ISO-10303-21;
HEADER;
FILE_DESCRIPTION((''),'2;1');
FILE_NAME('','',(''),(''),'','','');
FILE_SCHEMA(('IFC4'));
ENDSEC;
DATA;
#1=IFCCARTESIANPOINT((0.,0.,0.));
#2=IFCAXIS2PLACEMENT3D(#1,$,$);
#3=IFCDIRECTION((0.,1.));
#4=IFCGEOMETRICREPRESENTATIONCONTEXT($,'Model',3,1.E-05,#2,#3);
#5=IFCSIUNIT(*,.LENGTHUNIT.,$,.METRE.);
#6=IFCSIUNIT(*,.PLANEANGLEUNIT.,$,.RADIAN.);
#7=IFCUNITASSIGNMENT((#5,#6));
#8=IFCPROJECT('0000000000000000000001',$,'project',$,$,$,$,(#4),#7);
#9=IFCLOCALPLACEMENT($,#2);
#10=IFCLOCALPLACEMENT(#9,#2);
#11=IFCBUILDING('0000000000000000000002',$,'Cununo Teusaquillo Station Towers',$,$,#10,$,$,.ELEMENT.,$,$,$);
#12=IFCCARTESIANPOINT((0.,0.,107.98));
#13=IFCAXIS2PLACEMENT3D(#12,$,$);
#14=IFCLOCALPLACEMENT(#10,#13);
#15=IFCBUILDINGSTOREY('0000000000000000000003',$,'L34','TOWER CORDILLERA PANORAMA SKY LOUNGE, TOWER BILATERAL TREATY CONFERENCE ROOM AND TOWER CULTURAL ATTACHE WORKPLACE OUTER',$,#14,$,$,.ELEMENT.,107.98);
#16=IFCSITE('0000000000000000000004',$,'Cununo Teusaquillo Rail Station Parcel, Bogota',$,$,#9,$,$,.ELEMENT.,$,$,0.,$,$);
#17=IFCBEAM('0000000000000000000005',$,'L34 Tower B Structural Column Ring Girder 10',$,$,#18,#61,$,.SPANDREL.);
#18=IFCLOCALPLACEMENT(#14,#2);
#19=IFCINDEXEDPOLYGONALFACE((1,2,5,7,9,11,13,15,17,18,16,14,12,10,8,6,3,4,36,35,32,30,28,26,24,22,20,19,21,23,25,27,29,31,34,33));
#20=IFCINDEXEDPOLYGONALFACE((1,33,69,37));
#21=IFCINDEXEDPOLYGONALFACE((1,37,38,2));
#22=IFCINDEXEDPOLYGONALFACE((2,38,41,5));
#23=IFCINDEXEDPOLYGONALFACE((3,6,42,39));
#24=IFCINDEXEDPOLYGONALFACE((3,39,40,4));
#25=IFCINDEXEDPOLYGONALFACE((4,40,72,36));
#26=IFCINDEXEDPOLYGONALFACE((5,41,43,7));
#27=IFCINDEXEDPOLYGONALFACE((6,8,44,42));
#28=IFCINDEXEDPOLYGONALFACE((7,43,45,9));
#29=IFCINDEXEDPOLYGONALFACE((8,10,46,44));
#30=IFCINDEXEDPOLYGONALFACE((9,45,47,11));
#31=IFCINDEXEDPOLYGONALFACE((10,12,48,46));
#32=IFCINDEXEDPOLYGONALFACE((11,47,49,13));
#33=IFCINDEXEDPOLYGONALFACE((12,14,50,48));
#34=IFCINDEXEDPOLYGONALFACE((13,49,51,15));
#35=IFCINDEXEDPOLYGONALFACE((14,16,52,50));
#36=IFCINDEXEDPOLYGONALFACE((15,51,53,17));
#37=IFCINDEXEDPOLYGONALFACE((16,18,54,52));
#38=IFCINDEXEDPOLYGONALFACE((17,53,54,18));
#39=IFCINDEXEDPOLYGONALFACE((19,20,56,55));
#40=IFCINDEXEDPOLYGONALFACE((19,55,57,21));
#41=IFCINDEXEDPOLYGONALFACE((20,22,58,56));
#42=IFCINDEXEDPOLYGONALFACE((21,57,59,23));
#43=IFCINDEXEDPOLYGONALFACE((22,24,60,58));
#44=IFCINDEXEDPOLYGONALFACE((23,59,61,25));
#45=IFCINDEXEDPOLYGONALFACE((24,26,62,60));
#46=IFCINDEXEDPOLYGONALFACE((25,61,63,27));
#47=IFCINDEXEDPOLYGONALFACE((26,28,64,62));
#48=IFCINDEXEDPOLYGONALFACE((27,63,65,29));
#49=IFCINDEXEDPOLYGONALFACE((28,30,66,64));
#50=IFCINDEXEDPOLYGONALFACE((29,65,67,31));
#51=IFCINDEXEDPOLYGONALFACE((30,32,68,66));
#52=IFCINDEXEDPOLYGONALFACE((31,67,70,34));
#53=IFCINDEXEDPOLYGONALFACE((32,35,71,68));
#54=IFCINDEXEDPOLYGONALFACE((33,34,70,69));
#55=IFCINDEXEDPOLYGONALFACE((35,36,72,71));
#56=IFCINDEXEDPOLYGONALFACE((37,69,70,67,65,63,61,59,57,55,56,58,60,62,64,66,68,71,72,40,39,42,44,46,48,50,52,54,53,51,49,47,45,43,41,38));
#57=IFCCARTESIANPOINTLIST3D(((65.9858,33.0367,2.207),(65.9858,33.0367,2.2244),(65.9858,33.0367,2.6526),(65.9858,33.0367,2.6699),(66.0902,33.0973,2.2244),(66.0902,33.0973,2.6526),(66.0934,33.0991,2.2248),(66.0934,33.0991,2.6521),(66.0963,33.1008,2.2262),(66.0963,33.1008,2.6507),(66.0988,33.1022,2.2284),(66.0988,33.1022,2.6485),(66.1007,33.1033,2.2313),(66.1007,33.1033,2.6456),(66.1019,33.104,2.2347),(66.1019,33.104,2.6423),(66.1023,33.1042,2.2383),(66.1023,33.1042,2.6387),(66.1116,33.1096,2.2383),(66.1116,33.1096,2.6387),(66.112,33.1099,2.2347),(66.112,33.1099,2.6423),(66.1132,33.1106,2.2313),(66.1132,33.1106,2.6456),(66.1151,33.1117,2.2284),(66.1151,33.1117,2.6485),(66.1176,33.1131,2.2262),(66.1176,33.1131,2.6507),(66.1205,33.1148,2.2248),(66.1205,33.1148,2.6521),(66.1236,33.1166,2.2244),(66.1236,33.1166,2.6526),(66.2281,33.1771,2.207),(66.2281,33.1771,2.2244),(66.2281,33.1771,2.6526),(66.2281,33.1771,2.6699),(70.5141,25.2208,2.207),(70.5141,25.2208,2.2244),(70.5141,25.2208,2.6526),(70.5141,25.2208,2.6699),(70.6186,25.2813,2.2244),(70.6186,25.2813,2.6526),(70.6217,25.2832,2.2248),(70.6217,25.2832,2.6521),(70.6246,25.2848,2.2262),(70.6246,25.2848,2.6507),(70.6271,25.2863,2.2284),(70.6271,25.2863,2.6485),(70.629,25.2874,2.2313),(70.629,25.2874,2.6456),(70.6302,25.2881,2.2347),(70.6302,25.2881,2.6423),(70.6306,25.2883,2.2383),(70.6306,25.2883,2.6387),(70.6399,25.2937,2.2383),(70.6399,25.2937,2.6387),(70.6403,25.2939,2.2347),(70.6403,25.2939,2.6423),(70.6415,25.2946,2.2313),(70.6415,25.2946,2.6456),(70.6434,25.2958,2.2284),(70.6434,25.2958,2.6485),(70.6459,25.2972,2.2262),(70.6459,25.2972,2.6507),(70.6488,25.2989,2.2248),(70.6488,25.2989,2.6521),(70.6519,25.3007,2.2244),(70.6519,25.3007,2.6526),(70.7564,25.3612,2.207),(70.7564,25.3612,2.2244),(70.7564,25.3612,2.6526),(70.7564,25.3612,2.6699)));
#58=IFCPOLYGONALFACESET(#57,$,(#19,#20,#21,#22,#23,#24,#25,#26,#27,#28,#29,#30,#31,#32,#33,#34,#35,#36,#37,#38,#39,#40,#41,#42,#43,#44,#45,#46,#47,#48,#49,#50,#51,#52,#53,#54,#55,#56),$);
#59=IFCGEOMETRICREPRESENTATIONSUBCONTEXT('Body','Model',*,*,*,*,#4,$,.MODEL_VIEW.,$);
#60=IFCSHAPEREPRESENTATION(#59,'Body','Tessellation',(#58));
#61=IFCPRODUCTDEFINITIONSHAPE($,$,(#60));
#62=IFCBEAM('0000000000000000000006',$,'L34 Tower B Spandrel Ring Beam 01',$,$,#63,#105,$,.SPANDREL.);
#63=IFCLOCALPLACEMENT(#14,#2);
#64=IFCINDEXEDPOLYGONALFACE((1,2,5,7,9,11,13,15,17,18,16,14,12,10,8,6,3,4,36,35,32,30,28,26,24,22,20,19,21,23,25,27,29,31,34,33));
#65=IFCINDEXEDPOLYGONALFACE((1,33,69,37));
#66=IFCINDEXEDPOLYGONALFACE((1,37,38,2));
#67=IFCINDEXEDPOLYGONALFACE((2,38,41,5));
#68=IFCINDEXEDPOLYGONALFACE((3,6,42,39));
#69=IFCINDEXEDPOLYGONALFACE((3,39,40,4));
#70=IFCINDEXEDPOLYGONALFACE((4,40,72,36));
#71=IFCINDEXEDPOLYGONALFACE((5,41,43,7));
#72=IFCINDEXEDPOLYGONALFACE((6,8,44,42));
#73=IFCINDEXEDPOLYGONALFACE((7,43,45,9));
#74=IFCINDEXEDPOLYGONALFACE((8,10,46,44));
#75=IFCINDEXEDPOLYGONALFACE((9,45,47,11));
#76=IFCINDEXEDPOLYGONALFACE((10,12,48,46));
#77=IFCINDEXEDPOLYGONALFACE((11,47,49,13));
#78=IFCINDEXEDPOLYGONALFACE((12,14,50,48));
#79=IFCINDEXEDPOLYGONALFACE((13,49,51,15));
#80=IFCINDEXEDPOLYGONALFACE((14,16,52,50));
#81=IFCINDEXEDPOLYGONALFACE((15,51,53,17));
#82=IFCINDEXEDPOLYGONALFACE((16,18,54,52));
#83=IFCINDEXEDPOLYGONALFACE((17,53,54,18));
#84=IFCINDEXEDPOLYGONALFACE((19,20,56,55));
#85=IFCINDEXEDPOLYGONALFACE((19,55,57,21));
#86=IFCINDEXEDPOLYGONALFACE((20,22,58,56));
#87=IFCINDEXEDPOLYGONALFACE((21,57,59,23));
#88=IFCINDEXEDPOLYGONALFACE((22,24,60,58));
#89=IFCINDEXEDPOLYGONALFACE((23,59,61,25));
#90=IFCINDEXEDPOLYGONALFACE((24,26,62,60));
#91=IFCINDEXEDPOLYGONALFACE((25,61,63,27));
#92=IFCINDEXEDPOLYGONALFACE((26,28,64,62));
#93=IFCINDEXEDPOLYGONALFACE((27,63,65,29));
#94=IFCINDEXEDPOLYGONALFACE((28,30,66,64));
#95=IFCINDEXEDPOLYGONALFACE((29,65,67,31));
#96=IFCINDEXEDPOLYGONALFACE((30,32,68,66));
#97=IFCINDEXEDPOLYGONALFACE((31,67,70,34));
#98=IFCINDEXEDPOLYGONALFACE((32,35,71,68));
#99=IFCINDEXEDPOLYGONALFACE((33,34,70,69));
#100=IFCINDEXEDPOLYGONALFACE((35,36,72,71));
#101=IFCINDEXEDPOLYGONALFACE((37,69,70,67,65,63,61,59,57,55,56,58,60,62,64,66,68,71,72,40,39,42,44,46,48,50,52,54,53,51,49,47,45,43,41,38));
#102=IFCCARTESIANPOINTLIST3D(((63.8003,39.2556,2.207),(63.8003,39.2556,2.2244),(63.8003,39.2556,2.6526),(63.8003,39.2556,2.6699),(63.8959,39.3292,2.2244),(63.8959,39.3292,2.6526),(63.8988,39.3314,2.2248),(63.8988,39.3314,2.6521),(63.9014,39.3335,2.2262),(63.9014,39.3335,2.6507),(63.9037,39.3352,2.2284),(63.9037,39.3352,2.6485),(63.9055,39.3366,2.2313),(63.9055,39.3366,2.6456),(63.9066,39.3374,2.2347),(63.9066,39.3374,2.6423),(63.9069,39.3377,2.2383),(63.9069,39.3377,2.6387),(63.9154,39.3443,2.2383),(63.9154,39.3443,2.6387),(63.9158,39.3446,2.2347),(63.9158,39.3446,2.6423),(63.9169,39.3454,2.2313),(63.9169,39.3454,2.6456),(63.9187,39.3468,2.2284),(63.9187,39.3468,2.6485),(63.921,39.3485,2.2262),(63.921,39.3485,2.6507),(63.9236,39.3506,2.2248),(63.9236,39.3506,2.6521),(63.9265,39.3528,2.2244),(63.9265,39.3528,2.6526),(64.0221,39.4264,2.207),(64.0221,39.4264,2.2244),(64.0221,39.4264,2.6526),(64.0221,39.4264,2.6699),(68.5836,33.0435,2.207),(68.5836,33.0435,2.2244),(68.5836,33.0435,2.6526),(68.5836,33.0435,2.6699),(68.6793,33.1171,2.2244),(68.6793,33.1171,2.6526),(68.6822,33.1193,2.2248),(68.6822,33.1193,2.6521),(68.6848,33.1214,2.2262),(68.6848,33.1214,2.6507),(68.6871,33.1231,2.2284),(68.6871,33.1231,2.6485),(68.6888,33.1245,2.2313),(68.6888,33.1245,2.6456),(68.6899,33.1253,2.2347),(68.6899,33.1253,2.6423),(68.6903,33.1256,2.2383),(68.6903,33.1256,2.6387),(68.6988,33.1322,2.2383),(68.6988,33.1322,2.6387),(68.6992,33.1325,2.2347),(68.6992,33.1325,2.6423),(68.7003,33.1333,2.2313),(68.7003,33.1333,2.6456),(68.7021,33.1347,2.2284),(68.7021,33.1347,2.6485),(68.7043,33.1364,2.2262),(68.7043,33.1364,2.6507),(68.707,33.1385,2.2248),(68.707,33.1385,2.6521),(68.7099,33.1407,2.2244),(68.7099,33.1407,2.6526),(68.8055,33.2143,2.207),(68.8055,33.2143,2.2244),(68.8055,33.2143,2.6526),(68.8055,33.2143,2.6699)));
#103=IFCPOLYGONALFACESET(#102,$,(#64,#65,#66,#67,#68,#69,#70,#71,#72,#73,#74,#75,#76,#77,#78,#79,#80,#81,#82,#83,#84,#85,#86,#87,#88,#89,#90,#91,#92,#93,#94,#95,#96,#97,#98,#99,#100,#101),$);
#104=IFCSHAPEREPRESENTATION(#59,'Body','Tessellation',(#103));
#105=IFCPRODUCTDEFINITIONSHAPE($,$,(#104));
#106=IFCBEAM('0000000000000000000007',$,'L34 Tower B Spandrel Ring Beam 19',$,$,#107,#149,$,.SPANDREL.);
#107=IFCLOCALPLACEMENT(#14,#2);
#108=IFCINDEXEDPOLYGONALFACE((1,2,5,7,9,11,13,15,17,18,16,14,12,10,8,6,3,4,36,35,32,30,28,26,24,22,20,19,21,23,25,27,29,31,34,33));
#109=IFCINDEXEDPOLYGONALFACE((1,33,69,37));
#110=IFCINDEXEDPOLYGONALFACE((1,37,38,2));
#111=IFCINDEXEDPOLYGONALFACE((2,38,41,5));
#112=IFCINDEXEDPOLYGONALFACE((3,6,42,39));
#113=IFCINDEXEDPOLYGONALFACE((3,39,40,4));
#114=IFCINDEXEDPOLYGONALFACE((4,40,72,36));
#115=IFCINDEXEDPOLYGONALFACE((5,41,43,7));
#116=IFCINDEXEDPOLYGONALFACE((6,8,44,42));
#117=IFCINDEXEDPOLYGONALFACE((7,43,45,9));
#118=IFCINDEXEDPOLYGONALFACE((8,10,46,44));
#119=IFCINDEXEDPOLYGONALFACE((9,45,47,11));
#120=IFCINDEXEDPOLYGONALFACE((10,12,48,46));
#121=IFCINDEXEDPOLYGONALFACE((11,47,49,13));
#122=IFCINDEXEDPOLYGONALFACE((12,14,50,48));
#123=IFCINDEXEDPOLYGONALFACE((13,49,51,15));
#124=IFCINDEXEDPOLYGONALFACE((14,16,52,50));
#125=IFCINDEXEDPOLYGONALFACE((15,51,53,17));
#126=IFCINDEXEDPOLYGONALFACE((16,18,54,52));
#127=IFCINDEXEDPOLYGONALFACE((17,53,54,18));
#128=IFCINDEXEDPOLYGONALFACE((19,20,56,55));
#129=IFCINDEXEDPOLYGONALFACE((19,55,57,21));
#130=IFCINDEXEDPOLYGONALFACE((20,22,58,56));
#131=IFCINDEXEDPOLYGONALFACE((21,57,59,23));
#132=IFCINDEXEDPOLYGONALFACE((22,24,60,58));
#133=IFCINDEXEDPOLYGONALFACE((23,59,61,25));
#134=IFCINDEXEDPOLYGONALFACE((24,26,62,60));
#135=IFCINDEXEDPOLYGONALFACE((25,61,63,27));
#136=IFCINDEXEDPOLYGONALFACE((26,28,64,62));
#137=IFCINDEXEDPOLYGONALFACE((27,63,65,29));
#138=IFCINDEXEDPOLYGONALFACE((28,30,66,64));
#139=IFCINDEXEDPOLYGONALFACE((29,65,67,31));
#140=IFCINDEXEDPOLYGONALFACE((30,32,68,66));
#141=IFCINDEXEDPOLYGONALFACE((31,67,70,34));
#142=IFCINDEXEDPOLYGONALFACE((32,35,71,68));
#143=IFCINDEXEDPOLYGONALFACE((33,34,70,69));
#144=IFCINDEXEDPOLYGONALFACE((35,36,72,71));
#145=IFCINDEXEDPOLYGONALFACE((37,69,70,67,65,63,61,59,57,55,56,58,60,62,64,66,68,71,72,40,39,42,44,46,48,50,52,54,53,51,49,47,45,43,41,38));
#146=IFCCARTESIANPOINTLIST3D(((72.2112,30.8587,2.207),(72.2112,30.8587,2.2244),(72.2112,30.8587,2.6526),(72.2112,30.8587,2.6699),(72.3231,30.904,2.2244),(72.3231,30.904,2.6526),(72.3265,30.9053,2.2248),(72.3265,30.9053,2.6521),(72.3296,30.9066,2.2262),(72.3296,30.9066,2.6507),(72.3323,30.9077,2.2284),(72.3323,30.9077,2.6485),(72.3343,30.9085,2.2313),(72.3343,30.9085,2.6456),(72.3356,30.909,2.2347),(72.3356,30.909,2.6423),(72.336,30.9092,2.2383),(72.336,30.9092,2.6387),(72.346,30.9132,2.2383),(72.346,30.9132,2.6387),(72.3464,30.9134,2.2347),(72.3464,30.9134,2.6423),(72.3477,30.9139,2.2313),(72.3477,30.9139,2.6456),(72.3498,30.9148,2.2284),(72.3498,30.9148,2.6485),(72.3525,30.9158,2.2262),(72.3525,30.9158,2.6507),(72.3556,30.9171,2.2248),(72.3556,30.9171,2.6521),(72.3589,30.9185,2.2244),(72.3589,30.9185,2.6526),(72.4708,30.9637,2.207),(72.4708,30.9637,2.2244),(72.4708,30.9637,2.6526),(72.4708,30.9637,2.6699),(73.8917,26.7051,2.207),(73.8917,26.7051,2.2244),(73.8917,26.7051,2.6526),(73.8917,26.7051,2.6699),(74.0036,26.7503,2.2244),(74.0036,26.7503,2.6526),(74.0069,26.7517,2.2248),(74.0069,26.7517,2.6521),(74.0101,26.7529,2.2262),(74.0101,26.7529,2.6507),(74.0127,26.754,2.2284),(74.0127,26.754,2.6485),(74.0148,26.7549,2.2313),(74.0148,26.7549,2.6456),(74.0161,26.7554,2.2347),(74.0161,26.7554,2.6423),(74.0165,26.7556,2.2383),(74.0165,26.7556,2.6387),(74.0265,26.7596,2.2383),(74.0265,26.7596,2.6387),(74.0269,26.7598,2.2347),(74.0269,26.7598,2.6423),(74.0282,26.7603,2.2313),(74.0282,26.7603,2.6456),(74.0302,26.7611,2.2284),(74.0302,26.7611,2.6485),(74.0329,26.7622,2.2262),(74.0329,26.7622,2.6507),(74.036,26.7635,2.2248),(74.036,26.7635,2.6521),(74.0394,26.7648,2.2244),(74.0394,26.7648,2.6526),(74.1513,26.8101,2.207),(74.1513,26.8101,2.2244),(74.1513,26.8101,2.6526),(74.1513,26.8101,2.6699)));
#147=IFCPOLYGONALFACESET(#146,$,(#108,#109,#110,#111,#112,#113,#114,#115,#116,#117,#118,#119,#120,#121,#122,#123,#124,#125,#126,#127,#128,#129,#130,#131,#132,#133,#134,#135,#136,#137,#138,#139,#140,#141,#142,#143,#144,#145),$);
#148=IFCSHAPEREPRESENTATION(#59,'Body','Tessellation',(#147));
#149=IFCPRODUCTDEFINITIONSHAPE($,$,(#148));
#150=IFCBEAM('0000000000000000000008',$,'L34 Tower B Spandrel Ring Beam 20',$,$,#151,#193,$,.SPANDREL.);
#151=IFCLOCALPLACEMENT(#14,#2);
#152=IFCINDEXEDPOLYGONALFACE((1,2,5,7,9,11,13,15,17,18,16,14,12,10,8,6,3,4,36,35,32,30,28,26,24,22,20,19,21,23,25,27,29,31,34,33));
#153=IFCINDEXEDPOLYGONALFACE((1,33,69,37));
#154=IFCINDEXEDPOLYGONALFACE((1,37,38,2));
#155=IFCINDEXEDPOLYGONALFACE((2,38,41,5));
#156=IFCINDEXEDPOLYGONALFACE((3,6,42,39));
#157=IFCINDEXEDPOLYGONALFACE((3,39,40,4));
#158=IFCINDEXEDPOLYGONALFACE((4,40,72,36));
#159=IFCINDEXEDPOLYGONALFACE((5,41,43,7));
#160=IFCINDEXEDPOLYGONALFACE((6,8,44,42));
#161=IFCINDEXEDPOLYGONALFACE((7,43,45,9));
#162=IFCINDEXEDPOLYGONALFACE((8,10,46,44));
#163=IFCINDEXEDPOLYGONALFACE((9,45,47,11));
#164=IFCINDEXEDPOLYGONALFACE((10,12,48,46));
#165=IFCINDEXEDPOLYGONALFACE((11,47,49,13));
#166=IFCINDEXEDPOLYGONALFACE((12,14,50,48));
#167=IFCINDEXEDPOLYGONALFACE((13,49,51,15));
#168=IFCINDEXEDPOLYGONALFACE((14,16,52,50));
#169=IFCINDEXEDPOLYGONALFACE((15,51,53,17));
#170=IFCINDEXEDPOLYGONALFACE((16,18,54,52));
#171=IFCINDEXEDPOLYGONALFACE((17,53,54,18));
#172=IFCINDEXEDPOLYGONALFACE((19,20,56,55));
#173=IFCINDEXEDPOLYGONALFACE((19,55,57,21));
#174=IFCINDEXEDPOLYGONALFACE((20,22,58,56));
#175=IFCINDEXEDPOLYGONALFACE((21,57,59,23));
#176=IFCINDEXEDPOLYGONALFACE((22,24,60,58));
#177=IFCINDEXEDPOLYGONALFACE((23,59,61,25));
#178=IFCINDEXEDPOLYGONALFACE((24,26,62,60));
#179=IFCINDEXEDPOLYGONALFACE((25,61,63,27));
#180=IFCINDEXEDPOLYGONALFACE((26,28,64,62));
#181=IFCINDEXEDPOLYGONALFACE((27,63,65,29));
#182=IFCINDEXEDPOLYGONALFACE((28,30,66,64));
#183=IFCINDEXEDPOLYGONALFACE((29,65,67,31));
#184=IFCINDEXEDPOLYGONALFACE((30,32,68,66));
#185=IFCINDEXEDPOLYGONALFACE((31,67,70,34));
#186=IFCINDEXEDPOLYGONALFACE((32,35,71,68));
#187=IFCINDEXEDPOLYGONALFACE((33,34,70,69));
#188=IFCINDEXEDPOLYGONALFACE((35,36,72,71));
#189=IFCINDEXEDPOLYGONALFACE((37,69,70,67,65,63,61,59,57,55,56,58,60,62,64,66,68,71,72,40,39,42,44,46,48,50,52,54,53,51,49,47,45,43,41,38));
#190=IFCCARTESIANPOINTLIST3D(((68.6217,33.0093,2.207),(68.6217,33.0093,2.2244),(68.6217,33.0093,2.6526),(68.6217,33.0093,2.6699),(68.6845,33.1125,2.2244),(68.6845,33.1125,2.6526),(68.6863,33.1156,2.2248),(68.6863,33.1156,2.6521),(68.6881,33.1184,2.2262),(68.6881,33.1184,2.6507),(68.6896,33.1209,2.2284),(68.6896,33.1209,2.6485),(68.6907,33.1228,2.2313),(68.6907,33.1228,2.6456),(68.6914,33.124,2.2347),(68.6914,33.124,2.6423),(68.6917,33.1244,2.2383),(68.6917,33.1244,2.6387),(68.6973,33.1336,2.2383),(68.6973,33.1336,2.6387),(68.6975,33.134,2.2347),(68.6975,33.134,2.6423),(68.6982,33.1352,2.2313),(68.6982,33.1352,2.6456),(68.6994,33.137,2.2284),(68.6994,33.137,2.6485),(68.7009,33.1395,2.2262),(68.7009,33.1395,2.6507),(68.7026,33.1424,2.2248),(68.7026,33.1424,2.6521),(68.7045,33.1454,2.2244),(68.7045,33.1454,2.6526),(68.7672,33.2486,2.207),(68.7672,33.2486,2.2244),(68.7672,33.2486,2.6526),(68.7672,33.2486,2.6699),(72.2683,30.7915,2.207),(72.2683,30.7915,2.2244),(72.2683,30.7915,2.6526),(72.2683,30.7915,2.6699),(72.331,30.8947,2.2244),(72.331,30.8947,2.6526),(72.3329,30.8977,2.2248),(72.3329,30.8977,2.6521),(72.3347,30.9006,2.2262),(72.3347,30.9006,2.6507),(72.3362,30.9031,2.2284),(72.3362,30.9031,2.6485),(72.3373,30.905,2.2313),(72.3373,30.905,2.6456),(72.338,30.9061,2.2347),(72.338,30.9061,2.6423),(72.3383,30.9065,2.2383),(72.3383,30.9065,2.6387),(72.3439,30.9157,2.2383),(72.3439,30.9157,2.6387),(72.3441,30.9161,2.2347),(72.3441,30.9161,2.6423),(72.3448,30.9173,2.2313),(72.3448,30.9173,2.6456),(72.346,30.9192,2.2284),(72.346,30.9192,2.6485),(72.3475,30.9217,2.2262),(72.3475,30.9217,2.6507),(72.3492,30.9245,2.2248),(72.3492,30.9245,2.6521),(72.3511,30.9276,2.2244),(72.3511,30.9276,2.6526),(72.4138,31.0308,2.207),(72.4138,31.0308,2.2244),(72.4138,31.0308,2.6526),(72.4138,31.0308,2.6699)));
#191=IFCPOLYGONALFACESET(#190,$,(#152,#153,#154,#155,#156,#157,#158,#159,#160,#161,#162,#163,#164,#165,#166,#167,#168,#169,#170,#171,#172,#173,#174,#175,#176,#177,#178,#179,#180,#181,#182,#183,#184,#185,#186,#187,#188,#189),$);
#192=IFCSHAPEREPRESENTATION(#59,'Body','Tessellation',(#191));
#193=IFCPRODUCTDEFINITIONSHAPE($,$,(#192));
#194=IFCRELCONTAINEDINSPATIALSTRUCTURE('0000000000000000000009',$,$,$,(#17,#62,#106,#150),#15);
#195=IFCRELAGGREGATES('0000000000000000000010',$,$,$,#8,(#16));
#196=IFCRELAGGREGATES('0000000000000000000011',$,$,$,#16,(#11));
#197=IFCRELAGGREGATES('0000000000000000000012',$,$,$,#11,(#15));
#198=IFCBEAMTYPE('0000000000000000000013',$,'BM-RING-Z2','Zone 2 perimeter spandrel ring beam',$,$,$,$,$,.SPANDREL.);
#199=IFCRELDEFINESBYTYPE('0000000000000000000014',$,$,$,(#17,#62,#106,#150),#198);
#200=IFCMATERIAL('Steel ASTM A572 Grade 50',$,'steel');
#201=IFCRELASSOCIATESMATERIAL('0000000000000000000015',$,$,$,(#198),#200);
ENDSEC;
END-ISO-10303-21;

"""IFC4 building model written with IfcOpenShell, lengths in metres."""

from ifc_helpers import new_model, si_unit, direction, frame, origin, origin_2d, place, context, subcontext, project, spatial, i_section, extrude, material, material_profile, profile_set, type_object, element, save


model = new_model("IFC4")

# Units and contexts
model_context = context("Model", 3, precision=1e-05, world=origin(), true_north=direction((0.0, 1.0)))
body_context = subcontext(model_context, "Body", "Model", "MODEL_VIEW")
ifc_project = project(units=[si_unit("LENGTHUNIT", "METRE"), si_unit("PLANEANGLEUNIT", "RADIAN")], contexts=[model_context])

# Site, building, storey
site_placement = place(None, origin())
site = spatial("IfcSite", under=ifc_project, at=site_placement, Name="Cununo Teusaquillo Rail Station Parcel, Bogota", CompositionType="ELEMENT", RefElevation=0.0)
building_placement = place(site_placement, origin())
building = spatial("IfcBuilding", under=site, at=building_placement, Name="Cununo Teusaquillo Station Towers", CompositionType="ELEMENT")
storey_placement = place(building_placement, frame((0.0, 0.0, 107.98)))
storey = spatial("IfcBuildingStorey", under=building, at=storey_placement, Name="L34", Description="TOWER CORDILLERA PANORAMA SKY LOUNGE, TOWER BILATERAL TREATY CONFERENCE ROOM AND TOWER CULTURAL ATTACHE WORKPLACE OUTER", CompositionType="ELEMENT", Elevation=107.98)

# Beams
ifc_material_1 = material(Name="Steel ASTM A572 Grade 50", Category="steel")
ifc_material_profile_1 = material_profile(ifc_material_1, i_section(OverallWidth=0.28, OverallDepth=0.4629, WebThickness=0.0107, FlangeThickness=0.0173, FilletRadius=0.0139, at=origin_2d()), Name="W18X76")
ifc_profile_set_1 = profile_set([ifc_material_profile_1], Name="Steel ASTM A572 Grade 50")
beam_type_1 = type_object("IfcBeamType", Name="BM-RING-Z2", Description="Zone 2 perimeter spandrel ring beam", PredefinedType="SPANDREL", material=ifc_profile_set_1)
for number, where, z_axis, x_axis, name in (
    (1, (70.6353, 25.291, 2.4385), (-0.501311, 0.865267, 0.0), (-0.865267, -0.501311, 0.0), "L34 Tower B Structural Column Ring Girder 10"),
):
    element("IfcBeam", number, at=place(storey_placement, frame(where, z_axis=z_axis, x_axis=x_axis)), inside=storey, type_object=beam_type_1, Name=name, PredefinedType="SPANDREL", context=body_context, shape_type="SweptSolid", body=[
        extrude(i_section(OverallWidth=0.28, OverallDepth=0.4629, WebThickness=0.0107, FlangeThickness=0.0173, FilletRadius=0.0139, at=origin_2d()), origin(), (0.0, 0.0, 1.0), 9.033),
    ])
beam_1_placement = place(storey_placement, frame((68.6946, 33.1289, 2.4385), z_axis=(-0.6101, 0.792324, 0.0), x_axis=(-0.792324, -0.6101, 0.0)))
element("IfcBeam", 2, at=beam_1_placement, inside=storey, type_object=beam_type_1, Name="L34 Tower B Spandrel Ring Beam 01", PredefinedType="SPANDREL", context=body_context, shape_type="SweptSolid", body=[
    extrude(i_section(OverallWidth=0.28, OverallDepth=0.4629, WebThickness=0.0107, FlangeThickness=0.0173, FilletRadius=0.0139, at=origin_2d()), origin(), (0.0, 0.0, 1.0), 7.8403),
])
beam_2_placement = place(storey_placement, frame((74.0215, 26.7576, 2.4385), z_axis=(-0.375042, 0.927008, 0.0), x_axis=(-0.927008, -0.375042, 0.0)))
element("IfcBeam", 3, at=beam_2_placement, inside=storey, type_object=beam_type_1, Name="L34 Tower B Spandrel Ring Beam 19", PredefinedType="SPANDREL", context=body_context, shape_type="SweptSolid", body=[
    extrude(i_section(OverallWidth=0.28, OverallDepth=0.4629, WebThickness=0.0107, FlangeThickness=0.0173, FilletRadius=0.0139, at=origin_2d()), origin(), (0.0, 0.0, 1.0), 4.4807),
])
beam_3_placement = place(storey_placement, frame((72.3411, 30.9111, 2.4385), z_axis=(-0.854388, 0.519635, 0.0), x_axis=(-0.519635, -0.854388, 0.0)))
element("IfcBeam", 4, at=beam_3_placement, inside=storey, type_object=beam_type_1, Name="L34 Tower B Spandrel Ring Beam 20", PredefinedType="SPANDREL", context=body_context, shape_type="SweptSolid", body=[
    extrude(i_section(OverallWidth=0.28, OverallDepth=0.4629, WebThickness=0.0107, FlangeThickness=0.0173, FilletRadius=0.0139, at=origin_2d()), origin(), (0.0, 0.0, 1.0), 4.2681),
])

save(model, "model.ifc")
